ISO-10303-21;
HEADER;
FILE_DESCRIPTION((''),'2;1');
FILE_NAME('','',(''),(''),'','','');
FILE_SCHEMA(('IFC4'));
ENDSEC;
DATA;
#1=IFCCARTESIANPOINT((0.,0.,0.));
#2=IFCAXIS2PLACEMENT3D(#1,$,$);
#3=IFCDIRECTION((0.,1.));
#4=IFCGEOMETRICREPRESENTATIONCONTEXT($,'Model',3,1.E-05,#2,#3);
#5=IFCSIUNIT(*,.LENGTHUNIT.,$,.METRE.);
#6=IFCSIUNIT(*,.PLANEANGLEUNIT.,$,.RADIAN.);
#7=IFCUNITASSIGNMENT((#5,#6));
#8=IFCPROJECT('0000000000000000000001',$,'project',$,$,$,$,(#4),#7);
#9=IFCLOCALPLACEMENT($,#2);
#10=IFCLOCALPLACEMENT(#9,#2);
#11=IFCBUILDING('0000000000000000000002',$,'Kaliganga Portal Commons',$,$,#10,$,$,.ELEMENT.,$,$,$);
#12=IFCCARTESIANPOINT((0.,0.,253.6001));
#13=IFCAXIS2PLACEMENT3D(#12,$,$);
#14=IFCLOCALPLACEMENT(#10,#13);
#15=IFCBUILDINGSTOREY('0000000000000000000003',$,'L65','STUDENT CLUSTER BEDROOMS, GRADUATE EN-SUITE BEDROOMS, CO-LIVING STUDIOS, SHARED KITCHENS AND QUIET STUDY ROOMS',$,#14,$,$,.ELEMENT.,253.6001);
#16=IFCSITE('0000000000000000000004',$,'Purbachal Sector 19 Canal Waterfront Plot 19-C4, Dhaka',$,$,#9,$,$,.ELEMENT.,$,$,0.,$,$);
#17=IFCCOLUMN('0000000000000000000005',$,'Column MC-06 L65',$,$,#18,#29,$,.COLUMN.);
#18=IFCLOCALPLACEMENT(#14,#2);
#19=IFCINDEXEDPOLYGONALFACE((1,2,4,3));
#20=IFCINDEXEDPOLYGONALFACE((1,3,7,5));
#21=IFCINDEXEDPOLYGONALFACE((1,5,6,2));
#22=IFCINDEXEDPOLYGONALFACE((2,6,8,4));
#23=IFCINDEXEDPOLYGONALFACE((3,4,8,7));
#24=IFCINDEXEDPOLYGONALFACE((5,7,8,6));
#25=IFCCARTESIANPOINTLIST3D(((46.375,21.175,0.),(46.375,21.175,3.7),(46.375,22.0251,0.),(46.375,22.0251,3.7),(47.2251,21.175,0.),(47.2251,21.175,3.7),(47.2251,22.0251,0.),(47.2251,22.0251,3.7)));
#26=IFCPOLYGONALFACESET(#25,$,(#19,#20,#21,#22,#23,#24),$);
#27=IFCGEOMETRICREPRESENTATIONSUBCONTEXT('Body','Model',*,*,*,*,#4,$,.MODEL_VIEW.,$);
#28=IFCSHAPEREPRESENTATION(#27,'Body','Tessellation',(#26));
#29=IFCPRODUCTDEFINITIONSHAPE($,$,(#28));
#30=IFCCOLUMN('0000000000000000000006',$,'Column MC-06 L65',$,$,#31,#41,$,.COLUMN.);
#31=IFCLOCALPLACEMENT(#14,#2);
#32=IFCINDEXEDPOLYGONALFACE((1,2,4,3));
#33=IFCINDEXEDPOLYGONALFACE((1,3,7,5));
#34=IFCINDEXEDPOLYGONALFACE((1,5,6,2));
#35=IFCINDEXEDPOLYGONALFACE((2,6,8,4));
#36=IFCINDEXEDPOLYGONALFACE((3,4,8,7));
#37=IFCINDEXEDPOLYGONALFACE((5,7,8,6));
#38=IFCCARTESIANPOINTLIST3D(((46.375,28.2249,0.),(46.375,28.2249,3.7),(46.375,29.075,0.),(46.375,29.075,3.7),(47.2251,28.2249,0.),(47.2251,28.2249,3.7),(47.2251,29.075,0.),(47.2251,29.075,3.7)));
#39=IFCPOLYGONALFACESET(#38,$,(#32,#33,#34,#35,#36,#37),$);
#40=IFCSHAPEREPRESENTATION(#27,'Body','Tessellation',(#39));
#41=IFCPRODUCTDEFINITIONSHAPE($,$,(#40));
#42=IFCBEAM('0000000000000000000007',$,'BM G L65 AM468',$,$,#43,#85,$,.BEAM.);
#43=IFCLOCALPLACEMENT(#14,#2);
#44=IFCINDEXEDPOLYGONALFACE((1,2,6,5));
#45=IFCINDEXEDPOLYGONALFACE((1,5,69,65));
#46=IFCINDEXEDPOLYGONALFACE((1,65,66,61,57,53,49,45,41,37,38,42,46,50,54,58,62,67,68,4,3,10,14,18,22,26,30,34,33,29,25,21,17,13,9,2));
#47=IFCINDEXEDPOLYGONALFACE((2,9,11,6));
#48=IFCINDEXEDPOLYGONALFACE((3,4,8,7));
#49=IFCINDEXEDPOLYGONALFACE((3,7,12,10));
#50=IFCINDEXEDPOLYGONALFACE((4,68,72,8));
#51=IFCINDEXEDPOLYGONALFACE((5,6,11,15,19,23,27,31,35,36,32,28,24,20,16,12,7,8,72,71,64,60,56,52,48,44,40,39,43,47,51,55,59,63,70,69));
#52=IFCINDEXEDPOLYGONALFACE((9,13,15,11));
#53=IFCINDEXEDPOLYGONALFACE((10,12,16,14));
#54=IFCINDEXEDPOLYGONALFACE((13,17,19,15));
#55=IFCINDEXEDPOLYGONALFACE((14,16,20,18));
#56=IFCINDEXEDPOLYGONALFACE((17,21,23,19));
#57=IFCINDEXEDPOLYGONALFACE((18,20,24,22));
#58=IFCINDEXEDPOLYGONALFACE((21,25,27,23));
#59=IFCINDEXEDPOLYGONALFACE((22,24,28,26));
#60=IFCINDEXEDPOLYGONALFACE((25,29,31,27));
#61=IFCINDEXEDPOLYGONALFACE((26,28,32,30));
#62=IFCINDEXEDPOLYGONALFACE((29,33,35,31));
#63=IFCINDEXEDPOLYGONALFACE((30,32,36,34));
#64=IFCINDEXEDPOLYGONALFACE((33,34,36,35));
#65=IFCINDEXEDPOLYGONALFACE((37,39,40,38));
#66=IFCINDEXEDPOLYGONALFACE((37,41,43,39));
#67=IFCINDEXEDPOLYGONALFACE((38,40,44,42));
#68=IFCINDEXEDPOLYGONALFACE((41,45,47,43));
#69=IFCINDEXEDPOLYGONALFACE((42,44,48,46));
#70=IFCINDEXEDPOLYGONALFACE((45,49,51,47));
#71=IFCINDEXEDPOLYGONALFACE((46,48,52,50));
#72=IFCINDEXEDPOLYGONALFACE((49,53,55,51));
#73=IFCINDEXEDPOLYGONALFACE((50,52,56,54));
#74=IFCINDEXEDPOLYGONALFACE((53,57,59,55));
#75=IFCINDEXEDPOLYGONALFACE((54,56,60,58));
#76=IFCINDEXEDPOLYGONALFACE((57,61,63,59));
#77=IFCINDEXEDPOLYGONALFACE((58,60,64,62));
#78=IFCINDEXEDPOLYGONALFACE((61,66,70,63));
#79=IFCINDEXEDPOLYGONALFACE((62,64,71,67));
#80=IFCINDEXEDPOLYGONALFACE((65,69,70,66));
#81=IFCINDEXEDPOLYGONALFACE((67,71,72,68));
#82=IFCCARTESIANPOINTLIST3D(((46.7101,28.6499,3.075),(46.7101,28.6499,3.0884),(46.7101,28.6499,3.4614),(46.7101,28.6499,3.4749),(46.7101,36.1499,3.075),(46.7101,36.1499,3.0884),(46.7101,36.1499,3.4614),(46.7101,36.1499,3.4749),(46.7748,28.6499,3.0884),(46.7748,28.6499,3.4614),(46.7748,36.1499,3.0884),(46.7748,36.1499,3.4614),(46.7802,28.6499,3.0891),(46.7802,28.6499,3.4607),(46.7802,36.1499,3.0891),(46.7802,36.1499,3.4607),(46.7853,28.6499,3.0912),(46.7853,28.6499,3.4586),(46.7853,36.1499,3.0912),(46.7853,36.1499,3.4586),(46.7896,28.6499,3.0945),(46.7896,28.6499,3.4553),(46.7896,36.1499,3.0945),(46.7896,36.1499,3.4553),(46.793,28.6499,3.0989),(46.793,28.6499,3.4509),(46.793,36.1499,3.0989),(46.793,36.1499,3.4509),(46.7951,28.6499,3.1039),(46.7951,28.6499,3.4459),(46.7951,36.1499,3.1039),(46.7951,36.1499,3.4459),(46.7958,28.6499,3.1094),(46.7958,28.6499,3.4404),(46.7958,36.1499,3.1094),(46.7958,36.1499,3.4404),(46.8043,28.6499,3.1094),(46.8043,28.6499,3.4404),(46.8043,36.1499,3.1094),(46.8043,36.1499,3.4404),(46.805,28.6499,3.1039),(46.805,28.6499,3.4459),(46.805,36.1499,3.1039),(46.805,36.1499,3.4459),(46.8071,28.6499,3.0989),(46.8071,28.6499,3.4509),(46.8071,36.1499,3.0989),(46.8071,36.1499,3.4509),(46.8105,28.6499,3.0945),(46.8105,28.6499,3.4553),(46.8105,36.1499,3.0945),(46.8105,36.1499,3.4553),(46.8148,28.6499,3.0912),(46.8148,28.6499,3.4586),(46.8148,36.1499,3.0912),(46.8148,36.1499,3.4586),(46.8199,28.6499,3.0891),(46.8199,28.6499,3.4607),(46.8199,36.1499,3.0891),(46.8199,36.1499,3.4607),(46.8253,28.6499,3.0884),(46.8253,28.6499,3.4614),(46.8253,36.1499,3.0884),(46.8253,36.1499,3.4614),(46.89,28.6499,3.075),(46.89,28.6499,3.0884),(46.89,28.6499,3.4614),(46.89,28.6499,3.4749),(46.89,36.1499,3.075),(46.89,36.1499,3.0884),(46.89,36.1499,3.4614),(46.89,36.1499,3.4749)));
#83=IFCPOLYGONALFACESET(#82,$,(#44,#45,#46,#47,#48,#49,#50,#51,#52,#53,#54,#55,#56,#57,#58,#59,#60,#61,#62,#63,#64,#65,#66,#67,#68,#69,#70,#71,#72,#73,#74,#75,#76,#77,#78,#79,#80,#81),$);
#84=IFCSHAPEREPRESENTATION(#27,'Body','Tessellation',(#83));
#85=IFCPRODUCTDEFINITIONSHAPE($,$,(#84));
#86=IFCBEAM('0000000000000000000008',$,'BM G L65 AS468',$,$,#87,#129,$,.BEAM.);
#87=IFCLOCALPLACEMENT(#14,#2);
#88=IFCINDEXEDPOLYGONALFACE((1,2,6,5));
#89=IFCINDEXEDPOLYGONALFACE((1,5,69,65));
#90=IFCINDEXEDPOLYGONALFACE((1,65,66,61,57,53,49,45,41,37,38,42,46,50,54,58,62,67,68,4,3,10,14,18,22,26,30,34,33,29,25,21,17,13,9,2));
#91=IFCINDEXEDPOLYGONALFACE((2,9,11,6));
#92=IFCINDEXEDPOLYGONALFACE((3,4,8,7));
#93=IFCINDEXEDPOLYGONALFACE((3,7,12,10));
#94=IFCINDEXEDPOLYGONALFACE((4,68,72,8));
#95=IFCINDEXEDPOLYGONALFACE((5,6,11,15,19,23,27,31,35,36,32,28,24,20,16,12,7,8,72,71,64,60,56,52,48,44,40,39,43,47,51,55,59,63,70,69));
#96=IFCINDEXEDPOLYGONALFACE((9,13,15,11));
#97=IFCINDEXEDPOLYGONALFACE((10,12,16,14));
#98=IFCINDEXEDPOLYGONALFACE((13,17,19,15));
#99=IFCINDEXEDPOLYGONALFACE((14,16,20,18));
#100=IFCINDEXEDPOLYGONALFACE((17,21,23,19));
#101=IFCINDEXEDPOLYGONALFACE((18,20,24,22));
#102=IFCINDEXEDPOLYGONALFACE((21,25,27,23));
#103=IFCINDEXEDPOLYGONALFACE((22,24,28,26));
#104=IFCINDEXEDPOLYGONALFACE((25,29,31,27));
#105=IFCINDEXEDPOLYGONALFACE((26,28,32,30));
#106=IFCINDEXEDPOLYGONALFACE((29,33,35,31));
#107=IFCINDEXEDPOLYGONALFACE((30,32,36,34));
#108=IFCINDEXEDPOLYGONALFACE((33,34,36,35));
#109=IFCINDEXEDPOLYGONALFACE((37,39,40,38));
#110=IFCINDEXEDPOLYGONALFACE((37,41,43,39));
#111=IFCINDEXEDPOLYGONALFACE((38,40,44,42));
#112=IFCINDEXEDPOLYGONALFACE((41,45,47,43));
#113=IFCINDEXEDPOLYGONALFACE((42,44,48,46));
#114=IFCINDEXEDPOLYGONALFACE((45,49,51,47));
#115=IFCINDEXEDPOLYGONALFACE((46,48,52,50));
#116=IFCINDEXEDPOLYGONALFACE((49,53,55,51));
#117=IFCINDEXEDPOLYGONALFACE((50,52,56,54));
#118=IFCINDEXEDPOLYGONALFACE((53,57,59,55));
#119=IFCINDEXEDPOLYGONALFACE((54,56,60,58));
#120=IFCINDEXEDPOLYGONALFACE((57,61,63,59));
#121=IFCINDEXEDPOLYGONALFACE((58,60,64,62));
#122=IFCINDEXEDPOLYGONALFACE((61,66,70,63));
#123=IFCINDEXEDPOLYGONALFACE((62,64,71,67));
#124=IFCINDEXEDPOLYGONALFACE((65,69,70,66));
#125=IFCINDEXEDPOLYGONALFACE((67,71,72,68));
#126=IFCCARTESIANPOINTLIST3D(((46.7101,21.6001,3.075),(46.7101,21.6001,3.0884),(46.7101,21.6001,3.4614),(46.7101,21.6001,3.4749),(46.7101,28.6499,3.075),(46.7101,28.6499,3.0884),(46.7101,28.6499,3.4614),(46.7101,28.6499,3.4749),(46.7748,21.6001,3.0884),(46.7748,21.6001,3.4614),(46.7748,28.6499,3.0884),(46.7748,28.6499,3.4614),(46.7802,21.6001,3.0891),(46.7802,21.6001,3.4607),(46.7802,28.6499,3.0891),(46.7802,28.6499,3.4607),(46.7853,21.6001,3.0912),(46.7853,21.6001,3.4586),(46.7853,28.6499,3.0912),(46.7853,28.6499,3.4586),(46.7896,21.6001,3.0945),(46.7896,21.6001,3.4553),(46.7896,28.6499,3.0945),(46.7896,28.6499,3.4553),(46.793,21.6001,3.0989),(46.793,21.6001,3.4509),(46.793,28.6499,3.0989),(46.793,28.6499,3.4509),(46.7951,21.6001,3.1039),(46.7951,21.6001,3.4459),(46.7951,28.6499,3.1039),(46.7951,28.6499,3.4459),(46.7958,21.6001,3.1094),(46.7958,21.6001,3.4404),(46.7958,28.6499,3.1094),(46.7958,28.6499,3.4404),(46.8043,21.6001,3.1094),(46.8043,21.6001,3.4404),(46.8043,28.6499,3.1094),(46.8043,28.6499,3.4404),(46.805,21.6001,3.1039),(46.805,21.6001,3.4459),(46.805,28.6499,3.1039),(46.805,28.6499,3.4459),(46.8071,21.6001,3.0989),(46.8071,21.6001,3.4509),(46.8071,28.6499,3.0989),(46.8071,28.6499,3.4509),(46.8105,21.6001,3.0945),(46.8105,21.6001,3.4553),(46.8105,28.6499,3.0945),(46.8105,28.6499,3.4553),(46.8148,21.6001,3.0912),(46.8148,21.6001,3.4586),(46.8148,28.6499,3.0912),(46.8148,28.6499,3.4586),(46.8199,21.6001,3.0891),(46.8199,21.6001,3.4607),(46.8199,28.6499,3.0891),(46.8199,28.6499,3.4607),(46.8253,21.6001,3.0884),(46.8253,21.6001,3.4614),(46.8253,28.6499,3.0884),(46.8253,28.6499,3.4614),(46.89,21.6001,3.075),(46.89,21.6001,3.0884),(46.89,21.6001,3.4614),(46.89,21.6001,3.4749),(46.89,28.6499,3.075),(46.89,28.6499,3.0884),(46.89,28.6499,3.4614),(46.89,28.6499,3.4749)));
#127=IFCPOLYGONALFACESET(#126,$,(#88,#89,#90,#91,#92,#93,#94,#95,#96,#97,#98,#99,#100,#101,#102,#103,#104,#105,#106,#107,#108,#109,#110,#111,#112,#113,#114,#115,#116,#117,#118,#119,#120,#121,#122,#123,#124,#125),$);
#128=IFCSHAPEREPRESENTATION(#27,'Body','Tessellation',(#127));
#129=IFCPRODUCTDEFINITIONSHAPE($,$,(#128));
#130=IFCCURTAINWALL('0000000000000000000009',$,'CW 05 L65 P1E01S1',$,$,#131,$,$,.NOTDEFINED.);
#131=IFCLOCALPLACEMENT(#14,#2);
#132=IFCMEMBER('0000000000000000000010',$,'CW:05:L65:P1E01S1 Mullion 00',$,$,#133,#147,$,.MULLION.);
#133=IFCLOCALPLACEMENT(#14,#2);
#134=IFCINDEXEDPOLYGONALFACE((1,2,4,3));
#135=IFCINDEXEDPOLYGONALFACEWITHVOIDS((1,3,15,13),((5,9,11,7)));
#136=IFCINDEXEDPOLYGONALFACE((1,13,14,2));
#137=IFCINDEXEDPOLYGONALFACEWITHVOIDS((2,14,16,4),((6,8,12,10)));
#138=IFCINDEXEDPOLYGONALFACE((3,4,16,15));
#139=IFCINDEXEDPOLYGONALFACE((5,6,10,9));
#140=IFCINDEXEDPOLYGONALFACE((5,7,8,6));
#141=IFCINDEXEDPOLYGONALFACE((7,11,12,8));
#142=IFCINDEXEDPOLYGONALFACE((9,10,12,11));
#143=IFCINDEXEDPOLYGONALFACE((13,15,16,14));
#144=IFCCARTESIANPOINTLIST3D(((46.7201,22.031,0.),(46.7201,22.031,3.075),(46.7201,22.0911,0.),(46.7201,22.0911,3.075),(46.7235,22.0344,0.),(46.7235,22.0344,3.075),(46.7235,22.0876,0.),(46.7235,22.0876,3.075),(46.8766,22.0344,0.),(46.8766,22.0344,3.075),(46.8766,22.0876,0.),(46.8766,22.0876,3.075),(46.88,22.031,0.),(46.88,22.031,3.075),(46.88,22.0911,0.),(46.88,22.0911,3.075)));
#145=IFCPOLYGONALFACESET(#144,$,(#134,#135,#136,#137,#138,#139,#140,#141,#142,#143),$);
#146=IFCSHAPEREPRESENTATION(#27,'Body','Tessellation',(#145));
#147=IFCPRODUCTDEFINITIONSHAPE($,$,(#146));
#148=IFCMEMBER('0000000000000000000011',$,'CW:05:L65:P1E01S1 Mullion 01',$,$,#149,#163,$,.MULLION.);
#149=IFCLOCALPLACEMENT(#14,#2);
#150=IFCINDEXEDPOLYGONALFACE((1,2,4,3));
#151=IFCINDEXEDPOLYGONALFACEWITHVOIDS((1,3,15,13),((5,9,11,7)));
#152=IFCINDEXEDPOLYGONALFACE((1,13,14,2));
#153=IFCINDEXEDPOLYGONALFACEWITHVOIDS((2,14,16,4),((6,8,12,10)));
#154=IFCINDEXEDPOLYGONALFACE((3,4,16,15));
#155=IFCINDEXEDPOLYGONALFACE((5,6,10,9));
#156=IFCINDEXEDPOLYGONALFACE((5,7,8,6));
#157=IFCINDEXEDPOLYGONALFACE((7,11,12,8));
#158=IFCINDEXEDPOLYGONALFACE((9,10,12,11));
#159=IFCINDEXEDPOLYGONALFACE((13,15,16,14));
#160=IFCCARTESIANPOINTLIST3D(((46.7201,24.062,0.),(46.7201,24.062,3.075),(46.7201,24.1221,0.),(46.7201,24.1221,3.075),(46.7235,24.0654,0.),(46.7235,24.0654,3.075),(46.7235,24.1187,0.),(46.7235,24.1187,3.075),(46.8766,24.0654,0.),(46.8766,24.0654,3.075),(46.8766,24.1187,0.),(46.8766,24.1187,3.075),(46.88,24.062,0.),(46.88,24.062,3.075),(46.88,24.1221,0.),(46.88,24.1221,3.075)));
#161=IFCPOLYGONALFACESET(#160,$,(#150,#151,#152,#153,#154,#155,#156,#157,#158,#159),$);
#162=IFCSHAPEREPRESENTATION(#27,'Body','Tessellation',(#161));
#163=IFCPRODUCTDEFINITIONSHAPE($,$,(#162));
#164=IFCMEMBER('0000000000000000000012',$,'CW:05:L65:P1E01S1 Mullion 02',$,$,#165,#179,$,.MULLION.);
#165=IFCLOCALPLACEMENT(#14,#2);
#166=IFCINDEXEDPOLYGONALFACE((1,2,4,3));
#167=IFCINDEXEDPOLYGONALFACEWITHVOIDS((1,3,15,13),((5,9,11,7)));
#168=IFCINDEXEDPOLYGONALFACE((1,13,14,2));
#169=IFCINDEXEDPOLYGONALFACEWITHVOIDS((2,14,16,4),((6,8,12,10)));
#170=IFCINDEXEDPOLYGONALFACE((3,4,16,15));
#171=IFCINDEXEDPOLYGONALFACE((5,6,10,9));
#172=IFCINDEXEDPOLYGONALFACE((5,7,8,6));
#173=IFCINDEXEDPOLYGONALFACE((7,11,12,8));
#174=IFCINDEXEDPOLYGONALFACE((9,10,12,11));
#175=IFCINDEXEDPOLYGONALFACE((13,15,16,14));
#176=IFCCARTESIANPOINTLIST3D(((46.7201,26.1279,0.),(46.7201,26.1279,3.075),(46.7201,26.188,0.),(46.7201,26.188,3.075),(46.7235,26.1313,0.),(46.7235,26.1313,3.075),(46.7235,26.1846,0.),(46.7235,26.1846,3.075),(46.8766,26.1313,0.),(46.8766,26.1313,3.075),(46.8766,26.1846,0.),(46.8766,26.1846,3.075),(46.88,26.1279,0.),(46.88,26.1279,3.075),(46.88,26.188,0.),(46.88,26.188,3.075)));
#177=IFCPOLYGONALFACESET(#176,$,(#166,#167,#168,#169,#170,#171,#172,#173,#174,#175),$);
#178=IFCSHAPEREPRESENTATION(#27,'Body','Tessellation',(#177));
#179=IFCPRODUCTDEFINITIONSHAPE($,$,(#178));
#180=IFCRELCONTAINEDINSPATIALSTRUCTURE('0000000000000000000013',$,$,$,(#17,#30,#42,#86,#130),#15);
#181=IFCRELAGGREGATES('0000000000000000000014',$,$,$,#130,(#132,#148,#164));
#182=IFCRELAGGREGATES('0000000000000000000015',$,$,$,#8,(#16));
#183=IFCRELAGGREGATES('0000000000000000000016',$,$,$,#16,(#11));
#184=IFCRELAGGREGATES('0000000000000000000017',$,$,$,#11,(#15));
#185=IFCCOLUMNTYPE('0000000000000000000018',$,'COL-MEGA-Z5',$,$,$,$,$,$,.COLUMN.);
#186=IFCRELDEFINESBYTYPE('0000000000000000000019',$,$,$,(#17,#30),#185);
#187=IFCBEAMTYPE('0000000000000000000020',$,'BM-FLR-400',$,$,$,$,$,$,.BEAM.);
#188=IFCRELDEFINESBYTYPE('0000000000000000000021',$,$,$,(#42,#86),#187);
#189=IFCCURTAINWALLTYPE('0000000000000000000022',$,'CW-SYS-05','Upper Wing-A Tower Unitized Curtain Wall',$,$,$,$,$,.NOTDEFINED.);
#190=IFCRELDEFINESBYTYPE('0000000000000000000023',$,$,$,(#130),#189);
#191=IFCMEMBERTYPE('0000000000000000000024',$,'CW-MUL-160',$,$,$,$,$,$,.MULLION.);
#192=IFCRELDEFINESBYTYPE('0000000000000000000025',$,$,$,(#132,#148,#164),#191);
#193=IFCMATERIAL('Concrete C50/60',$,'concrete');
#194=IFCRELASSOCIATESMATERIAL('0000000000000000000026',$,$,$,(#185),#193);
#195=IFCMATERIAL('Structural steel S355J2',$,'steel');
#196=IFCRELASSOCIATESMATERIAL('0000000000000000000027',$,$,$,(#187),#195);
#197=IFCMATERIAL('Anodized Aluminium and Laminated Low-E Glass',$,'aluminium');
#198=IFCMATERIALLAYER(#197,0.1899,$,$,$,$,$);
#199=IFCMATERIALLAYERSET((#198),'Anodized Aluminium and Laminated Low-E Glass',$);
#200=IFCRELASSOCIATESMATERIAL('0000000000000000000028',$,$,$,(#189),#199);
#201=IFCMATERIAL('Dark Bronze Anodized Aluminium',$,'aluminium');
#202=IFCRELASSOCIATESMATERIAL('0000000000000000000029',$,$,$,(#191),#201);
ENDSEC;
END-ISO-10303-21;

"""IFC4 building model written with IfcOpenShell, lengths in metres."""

from ifc_helpers import new_model, si_unit, direction, frame, origin, origin_2d, place, context, subcontext, project, spatial, rectangle, hollow_rectangle, i_section, extrude, source, transform, mapped, material, layer, layer_set, material_profile, profile_set, type_object, element, aggregate, save


model = new_model("IFC4")

# Units and contexts
model_context = context("Model", 3, precision=1e-05, world=origin(), true_north=direction((0.0, 1.0)))
body_context = subcontext(model_context, "Body", "Model", "MODEL_VIEW")
ifc_project = project(units=[si_unit("LENGTHUNIT", "METRE"), si_unit("PLANEANGLEUNIT", "RADIAN")], contexts=[model_context])

# Site, building, storey
site_placement = place(None, origin())
site = spatial("IfcSite", under=ifc_project, at=site_placement, Name="Purbachal Sector 19 Canal Waterfront Plot 19-C4, Dhaka", CompositionType="ELEMENT", RefElevation=0.0)
building_placement = place(site_placement, origin())
building = spatial("IfcBuilding", under=site, at=building_placement, Name="Kaliganga Portal Commons", CompositionType="ELEMENT")
storey_placement = place(building_placement, frame((0.0, 0.0, 253.6001)))
storey = spatial("IfcBuildingStorey", under=building, at=storey_placement, Name="L65", Description="STUDENT CLUSTER BEDROOMS, GRADUATE EN-SUITE BEDROOMS, CO-LIVING STUDIOS, SHARED KITCHENS AND QUIET STUDY ROOMS", CompositionType="ELEMENT", Elevation=253.6001)

# Columns
ifc_material_1 = material(Name="Concrete C50/60", Category="concrete")
ifc_material_profile_1 = material_profile(ifc_material_1, rectangle(XDim=0.8501, YDim=0.8501, at=origin_2d()), Name="RC 850x850")
ifc_profile_set_1 = profile_set([ifc_material_profile_1], Name="Concrete C50/60")
column_type = type_object("IfcColumnType", Name="COL-MEGA-Z5", PredefinedType="COLUMN", material=ifc_profile_set_1)
shared_shape_1 = source(origin(), body_context, "Body", "SweptSolid", [
    extrude(rectangle(XDim=0.8501, YDim=0.8501, at=origin_2d()), origin(), (0.0, 0.0, 1.0), 3.7),
])
for number, where, z_axis, x_axis, name in (
    (1, (46.8, 21.6001, 0.0), (0.0, 0.0, 1.0), (1.0, 0.0, 0.0), "Column MC-06 L65"),
    (2, (46.8, 28.6499, 0.0), (0.0, 0.0, 1.0), (1.0, 0.0, 0.0), "Column MC-06 L65"),
):
    element("IfcColumn", number, at=place(storey_placement, frame(where, z_axis=z_axis, x_axis=x_axis)), inside=storey, type_object=column_type, Name=name, PredefinedType="COLUMN", context=body_context, shape_type="MappedRepresentation", body=[
        mapped(shared_shape_1, transform((0.0, 0.0, 0.0), x_axis=(1.0, 0.0, 0.0), y_axis=(0.0, 1.0, 0.0), z_axis=(0.0, 0.0, 1.0), scale=1.0)),
    ])

# Beams
ifc_material_2 = material(Name="Structural steel S355J2", Category="steel")
ifc_material_profile_2 = material_profile(ifc_material_2, i_section(OverallWidth=0.1799, OverallDepth=0.3999, WebThickness=0.0085, FlangeThickness=0.0134, FilletRadius=0.021, at=origin_2d()), Name="IPE 400")
ifc_profile_set_2 = profile_set([ifc_material_profile_2], Name="Structural steel S355J2 wide-flange")
beam_type = type_object("IfcBeamType", Name="BM-FLR-400", PredefinedType="BEAM", material=ifc_profile_set_2)
shared_shape_2 = source(origin(), body_context, "Body", "SweptSolid", [
    extrude(i_section(OverallWidth=0.1799, OverallDepth=0.3999, WebThickness=0.0085, FlangeThickness=0.0134, FilletRadius=0.021, at=origin_2d()), origin(), (0.0, 0.0, 1.0), 7.5),
])
beam_1_placement = place(storey_placement, frame((46.8, 28.6499, 3.2749), z_axis=(0.0, 1.0, 0.0), x_axis=(-1.0, 0.0, 0.0)))
element("IfcBeam", 3, at=beam_1_placement, inside=storey, type_object=beam_type, Name="BM G L65 AM468", PredefinedType="BEAM", context=body_context, shape_type="MappedRepresentation", body=[
    mapped(shared_shape_2, transform((0.0, 0.0, 0.0), x_axis=(1.0, 0.0, 0.0), y_axis=(0.0, 1.0, 0.0), z_axis=(0.0, 0.0, 1.0), scale=1.0)),
])
shared_shape_3 = source(origin(), body_context, "Body", "SweptSolid", [
    extrude(i_section(OverallWidth=0.1799, OverallDepth=0.3999, WebThickness=0.0085, FlangeThickness=0.0134, FilletRadius=0.021, at=origin_2d()), origin(), (0.0, 0.0, 1.0), 7.0498),
])
beam_2_placement = place(storey_placement, frame((46.8, 21.6001, 3.2749), z_axis=(0.0, 1.0, 0.0), x_axis=(-1.0, 0.0, 0.0)))
element("IfcBeam", 4, at=beam_2_placement, inside=storey, type_object=beam_type, Name="BM G L65 AS468", PredefinedType="BEAM", context=body_context, shape_type="MappedRepresentation", body=[
    mapped(shared_shape_3, transform((0.0, 0.0, 0.0), x_axis=(1.0, 0.0, 0.0), y_axis=(0.0, 1.0, 0.0), z_axis=(0.0, 0.0, 1.0), scale=1.0)),
])

# Curtain wall, members
ifc_material_3 = material(Name="Anodized Aluminium and Laminated Low-E Glass", Category="aluminium")
ifc_layer_1 = layer(ifc_material_3, 0.1899)
ifc_layer_set_1 = layer_set([ifc_layer_1], Name="Anodized Aluminium and Laminated Low-E Glass")
curtain_wall_type = type_object("IfcCurtainWallType", Name="CW-SYS-05", Description="Upper Wing-A Tower Unitized Curtain Wall", PredefinedType="NOTDEFINED", material=ifc_layer_set_1)
curtain_wall_1_placement = place(storey_placement, origin())
curtain_wall_1 = element("IfcCurtainWall", 5, at=curtain_wall_1_placement, inside=storey, type_object=curtain_wall_type, Name="CW 05 L65 P1E01S1", PredefinedType="NOTDEFINED")
ifc_material_4 = material(Name="Dark Bronze Anodized Aluminium", Category="aluminium")
ifc_material_profile_3 = material_profile(ifc_material_4, hollow_rectangle(XDim=0.0601, YDim=0.1599, WallThickness=0.0034, at=origin_2d()), Name="ALU MULL 60x160x3.5")
ifc_profile_set_3 = profile_set([ifc_material_profile_3], Name="Dark Bronze Anodized Aluminium")
member_type_1 = type_object("IfcMemberType", Name="CW-MUL-160", PredefinedType="MULLION", material=ifc_profile_set_3)
shared_shape_4 = source(origin(), body_context, "Body", "SweptSolid", [
    extrude(hollow_rectangle(XDim=0.0601, YDim=0.1599, WallThickness=0.0034, at=origin_2d()), origin(), (0.0, 0.0, 1.0), 3.075),
])
member_1_placement = place(storey_placement, frame((46.8, 22.061, 0.0), z_axis=(0.0, 0.0, 1.0), x_axis=(0.0, 1.0, 0.0)))
member_1 = element("IfcMember", 6, at=member_1_placement, type_object=member_type_1, Name="CW:05:L65:P1E01S1 Mullion 00", PredefinedType="MULLION", context=body_context, shape_type="MappedRepresentation", body=[
    mapped(shared_shape_4, transform((0.0, 0.0, 0.0), x_axis=(1.0, 0.0, 0.0), y_axis=(0.0, 1.0, 0.0), z_axis=(0.0, 0.0, 1.0), scale=1.0)),
])
member_2_placement = place(storey_placement, frame((46.8, 24.092, 0.0), z_axis=(0.0, 0.0, 1.0), x_axis=(0.0, 1.0, 0.0)))
member_2 = element("IfcMember", 7, at=member_2_placement, type_object=member_type_1, Name="CW:05:L65:P1E01S1 Mullion 01", PredefinedType="MULLION", context=body_context, shape_type="MappedRepresentation", body=[
    mapped(shared_shape_4, transform((0.0, 0.0, 0.0), x_axis=(1.0, 0.0, 0.0), y_axis=(0.0, 1.0, 0.0), z_axis=(0.0, 0.0, 1.0), scale=1.0)),
])
member_3_placement = place(storey_placement, frame((46.8, 26.158, 0.0), z_axis=(0.0, 0.0, 1.0), x_axis=(0.0, 1.0, 0.0)))
member_3 = element("IfcMember", 8, at=member_3_placement, type_object=member_type_1, Name="CW:05:L65:P1E01S1 Mullion 02", PredefinedType="MULLION", context=body_context, shape_type="MappedRepresentation", body=[
    mapped(shared_shape_4, transform((0.0, 0.0, 0.0), x_axis=(1.0, 0.0, 0.0), y_axis=(0.0, 1.0, 0.0), z_axis=(0.0, 0.0, 1.0), scale=1.0)),
])

aggregate(curtain_wall_1, [member_1, member_2, member_3])

save(model, "model.ifc")
